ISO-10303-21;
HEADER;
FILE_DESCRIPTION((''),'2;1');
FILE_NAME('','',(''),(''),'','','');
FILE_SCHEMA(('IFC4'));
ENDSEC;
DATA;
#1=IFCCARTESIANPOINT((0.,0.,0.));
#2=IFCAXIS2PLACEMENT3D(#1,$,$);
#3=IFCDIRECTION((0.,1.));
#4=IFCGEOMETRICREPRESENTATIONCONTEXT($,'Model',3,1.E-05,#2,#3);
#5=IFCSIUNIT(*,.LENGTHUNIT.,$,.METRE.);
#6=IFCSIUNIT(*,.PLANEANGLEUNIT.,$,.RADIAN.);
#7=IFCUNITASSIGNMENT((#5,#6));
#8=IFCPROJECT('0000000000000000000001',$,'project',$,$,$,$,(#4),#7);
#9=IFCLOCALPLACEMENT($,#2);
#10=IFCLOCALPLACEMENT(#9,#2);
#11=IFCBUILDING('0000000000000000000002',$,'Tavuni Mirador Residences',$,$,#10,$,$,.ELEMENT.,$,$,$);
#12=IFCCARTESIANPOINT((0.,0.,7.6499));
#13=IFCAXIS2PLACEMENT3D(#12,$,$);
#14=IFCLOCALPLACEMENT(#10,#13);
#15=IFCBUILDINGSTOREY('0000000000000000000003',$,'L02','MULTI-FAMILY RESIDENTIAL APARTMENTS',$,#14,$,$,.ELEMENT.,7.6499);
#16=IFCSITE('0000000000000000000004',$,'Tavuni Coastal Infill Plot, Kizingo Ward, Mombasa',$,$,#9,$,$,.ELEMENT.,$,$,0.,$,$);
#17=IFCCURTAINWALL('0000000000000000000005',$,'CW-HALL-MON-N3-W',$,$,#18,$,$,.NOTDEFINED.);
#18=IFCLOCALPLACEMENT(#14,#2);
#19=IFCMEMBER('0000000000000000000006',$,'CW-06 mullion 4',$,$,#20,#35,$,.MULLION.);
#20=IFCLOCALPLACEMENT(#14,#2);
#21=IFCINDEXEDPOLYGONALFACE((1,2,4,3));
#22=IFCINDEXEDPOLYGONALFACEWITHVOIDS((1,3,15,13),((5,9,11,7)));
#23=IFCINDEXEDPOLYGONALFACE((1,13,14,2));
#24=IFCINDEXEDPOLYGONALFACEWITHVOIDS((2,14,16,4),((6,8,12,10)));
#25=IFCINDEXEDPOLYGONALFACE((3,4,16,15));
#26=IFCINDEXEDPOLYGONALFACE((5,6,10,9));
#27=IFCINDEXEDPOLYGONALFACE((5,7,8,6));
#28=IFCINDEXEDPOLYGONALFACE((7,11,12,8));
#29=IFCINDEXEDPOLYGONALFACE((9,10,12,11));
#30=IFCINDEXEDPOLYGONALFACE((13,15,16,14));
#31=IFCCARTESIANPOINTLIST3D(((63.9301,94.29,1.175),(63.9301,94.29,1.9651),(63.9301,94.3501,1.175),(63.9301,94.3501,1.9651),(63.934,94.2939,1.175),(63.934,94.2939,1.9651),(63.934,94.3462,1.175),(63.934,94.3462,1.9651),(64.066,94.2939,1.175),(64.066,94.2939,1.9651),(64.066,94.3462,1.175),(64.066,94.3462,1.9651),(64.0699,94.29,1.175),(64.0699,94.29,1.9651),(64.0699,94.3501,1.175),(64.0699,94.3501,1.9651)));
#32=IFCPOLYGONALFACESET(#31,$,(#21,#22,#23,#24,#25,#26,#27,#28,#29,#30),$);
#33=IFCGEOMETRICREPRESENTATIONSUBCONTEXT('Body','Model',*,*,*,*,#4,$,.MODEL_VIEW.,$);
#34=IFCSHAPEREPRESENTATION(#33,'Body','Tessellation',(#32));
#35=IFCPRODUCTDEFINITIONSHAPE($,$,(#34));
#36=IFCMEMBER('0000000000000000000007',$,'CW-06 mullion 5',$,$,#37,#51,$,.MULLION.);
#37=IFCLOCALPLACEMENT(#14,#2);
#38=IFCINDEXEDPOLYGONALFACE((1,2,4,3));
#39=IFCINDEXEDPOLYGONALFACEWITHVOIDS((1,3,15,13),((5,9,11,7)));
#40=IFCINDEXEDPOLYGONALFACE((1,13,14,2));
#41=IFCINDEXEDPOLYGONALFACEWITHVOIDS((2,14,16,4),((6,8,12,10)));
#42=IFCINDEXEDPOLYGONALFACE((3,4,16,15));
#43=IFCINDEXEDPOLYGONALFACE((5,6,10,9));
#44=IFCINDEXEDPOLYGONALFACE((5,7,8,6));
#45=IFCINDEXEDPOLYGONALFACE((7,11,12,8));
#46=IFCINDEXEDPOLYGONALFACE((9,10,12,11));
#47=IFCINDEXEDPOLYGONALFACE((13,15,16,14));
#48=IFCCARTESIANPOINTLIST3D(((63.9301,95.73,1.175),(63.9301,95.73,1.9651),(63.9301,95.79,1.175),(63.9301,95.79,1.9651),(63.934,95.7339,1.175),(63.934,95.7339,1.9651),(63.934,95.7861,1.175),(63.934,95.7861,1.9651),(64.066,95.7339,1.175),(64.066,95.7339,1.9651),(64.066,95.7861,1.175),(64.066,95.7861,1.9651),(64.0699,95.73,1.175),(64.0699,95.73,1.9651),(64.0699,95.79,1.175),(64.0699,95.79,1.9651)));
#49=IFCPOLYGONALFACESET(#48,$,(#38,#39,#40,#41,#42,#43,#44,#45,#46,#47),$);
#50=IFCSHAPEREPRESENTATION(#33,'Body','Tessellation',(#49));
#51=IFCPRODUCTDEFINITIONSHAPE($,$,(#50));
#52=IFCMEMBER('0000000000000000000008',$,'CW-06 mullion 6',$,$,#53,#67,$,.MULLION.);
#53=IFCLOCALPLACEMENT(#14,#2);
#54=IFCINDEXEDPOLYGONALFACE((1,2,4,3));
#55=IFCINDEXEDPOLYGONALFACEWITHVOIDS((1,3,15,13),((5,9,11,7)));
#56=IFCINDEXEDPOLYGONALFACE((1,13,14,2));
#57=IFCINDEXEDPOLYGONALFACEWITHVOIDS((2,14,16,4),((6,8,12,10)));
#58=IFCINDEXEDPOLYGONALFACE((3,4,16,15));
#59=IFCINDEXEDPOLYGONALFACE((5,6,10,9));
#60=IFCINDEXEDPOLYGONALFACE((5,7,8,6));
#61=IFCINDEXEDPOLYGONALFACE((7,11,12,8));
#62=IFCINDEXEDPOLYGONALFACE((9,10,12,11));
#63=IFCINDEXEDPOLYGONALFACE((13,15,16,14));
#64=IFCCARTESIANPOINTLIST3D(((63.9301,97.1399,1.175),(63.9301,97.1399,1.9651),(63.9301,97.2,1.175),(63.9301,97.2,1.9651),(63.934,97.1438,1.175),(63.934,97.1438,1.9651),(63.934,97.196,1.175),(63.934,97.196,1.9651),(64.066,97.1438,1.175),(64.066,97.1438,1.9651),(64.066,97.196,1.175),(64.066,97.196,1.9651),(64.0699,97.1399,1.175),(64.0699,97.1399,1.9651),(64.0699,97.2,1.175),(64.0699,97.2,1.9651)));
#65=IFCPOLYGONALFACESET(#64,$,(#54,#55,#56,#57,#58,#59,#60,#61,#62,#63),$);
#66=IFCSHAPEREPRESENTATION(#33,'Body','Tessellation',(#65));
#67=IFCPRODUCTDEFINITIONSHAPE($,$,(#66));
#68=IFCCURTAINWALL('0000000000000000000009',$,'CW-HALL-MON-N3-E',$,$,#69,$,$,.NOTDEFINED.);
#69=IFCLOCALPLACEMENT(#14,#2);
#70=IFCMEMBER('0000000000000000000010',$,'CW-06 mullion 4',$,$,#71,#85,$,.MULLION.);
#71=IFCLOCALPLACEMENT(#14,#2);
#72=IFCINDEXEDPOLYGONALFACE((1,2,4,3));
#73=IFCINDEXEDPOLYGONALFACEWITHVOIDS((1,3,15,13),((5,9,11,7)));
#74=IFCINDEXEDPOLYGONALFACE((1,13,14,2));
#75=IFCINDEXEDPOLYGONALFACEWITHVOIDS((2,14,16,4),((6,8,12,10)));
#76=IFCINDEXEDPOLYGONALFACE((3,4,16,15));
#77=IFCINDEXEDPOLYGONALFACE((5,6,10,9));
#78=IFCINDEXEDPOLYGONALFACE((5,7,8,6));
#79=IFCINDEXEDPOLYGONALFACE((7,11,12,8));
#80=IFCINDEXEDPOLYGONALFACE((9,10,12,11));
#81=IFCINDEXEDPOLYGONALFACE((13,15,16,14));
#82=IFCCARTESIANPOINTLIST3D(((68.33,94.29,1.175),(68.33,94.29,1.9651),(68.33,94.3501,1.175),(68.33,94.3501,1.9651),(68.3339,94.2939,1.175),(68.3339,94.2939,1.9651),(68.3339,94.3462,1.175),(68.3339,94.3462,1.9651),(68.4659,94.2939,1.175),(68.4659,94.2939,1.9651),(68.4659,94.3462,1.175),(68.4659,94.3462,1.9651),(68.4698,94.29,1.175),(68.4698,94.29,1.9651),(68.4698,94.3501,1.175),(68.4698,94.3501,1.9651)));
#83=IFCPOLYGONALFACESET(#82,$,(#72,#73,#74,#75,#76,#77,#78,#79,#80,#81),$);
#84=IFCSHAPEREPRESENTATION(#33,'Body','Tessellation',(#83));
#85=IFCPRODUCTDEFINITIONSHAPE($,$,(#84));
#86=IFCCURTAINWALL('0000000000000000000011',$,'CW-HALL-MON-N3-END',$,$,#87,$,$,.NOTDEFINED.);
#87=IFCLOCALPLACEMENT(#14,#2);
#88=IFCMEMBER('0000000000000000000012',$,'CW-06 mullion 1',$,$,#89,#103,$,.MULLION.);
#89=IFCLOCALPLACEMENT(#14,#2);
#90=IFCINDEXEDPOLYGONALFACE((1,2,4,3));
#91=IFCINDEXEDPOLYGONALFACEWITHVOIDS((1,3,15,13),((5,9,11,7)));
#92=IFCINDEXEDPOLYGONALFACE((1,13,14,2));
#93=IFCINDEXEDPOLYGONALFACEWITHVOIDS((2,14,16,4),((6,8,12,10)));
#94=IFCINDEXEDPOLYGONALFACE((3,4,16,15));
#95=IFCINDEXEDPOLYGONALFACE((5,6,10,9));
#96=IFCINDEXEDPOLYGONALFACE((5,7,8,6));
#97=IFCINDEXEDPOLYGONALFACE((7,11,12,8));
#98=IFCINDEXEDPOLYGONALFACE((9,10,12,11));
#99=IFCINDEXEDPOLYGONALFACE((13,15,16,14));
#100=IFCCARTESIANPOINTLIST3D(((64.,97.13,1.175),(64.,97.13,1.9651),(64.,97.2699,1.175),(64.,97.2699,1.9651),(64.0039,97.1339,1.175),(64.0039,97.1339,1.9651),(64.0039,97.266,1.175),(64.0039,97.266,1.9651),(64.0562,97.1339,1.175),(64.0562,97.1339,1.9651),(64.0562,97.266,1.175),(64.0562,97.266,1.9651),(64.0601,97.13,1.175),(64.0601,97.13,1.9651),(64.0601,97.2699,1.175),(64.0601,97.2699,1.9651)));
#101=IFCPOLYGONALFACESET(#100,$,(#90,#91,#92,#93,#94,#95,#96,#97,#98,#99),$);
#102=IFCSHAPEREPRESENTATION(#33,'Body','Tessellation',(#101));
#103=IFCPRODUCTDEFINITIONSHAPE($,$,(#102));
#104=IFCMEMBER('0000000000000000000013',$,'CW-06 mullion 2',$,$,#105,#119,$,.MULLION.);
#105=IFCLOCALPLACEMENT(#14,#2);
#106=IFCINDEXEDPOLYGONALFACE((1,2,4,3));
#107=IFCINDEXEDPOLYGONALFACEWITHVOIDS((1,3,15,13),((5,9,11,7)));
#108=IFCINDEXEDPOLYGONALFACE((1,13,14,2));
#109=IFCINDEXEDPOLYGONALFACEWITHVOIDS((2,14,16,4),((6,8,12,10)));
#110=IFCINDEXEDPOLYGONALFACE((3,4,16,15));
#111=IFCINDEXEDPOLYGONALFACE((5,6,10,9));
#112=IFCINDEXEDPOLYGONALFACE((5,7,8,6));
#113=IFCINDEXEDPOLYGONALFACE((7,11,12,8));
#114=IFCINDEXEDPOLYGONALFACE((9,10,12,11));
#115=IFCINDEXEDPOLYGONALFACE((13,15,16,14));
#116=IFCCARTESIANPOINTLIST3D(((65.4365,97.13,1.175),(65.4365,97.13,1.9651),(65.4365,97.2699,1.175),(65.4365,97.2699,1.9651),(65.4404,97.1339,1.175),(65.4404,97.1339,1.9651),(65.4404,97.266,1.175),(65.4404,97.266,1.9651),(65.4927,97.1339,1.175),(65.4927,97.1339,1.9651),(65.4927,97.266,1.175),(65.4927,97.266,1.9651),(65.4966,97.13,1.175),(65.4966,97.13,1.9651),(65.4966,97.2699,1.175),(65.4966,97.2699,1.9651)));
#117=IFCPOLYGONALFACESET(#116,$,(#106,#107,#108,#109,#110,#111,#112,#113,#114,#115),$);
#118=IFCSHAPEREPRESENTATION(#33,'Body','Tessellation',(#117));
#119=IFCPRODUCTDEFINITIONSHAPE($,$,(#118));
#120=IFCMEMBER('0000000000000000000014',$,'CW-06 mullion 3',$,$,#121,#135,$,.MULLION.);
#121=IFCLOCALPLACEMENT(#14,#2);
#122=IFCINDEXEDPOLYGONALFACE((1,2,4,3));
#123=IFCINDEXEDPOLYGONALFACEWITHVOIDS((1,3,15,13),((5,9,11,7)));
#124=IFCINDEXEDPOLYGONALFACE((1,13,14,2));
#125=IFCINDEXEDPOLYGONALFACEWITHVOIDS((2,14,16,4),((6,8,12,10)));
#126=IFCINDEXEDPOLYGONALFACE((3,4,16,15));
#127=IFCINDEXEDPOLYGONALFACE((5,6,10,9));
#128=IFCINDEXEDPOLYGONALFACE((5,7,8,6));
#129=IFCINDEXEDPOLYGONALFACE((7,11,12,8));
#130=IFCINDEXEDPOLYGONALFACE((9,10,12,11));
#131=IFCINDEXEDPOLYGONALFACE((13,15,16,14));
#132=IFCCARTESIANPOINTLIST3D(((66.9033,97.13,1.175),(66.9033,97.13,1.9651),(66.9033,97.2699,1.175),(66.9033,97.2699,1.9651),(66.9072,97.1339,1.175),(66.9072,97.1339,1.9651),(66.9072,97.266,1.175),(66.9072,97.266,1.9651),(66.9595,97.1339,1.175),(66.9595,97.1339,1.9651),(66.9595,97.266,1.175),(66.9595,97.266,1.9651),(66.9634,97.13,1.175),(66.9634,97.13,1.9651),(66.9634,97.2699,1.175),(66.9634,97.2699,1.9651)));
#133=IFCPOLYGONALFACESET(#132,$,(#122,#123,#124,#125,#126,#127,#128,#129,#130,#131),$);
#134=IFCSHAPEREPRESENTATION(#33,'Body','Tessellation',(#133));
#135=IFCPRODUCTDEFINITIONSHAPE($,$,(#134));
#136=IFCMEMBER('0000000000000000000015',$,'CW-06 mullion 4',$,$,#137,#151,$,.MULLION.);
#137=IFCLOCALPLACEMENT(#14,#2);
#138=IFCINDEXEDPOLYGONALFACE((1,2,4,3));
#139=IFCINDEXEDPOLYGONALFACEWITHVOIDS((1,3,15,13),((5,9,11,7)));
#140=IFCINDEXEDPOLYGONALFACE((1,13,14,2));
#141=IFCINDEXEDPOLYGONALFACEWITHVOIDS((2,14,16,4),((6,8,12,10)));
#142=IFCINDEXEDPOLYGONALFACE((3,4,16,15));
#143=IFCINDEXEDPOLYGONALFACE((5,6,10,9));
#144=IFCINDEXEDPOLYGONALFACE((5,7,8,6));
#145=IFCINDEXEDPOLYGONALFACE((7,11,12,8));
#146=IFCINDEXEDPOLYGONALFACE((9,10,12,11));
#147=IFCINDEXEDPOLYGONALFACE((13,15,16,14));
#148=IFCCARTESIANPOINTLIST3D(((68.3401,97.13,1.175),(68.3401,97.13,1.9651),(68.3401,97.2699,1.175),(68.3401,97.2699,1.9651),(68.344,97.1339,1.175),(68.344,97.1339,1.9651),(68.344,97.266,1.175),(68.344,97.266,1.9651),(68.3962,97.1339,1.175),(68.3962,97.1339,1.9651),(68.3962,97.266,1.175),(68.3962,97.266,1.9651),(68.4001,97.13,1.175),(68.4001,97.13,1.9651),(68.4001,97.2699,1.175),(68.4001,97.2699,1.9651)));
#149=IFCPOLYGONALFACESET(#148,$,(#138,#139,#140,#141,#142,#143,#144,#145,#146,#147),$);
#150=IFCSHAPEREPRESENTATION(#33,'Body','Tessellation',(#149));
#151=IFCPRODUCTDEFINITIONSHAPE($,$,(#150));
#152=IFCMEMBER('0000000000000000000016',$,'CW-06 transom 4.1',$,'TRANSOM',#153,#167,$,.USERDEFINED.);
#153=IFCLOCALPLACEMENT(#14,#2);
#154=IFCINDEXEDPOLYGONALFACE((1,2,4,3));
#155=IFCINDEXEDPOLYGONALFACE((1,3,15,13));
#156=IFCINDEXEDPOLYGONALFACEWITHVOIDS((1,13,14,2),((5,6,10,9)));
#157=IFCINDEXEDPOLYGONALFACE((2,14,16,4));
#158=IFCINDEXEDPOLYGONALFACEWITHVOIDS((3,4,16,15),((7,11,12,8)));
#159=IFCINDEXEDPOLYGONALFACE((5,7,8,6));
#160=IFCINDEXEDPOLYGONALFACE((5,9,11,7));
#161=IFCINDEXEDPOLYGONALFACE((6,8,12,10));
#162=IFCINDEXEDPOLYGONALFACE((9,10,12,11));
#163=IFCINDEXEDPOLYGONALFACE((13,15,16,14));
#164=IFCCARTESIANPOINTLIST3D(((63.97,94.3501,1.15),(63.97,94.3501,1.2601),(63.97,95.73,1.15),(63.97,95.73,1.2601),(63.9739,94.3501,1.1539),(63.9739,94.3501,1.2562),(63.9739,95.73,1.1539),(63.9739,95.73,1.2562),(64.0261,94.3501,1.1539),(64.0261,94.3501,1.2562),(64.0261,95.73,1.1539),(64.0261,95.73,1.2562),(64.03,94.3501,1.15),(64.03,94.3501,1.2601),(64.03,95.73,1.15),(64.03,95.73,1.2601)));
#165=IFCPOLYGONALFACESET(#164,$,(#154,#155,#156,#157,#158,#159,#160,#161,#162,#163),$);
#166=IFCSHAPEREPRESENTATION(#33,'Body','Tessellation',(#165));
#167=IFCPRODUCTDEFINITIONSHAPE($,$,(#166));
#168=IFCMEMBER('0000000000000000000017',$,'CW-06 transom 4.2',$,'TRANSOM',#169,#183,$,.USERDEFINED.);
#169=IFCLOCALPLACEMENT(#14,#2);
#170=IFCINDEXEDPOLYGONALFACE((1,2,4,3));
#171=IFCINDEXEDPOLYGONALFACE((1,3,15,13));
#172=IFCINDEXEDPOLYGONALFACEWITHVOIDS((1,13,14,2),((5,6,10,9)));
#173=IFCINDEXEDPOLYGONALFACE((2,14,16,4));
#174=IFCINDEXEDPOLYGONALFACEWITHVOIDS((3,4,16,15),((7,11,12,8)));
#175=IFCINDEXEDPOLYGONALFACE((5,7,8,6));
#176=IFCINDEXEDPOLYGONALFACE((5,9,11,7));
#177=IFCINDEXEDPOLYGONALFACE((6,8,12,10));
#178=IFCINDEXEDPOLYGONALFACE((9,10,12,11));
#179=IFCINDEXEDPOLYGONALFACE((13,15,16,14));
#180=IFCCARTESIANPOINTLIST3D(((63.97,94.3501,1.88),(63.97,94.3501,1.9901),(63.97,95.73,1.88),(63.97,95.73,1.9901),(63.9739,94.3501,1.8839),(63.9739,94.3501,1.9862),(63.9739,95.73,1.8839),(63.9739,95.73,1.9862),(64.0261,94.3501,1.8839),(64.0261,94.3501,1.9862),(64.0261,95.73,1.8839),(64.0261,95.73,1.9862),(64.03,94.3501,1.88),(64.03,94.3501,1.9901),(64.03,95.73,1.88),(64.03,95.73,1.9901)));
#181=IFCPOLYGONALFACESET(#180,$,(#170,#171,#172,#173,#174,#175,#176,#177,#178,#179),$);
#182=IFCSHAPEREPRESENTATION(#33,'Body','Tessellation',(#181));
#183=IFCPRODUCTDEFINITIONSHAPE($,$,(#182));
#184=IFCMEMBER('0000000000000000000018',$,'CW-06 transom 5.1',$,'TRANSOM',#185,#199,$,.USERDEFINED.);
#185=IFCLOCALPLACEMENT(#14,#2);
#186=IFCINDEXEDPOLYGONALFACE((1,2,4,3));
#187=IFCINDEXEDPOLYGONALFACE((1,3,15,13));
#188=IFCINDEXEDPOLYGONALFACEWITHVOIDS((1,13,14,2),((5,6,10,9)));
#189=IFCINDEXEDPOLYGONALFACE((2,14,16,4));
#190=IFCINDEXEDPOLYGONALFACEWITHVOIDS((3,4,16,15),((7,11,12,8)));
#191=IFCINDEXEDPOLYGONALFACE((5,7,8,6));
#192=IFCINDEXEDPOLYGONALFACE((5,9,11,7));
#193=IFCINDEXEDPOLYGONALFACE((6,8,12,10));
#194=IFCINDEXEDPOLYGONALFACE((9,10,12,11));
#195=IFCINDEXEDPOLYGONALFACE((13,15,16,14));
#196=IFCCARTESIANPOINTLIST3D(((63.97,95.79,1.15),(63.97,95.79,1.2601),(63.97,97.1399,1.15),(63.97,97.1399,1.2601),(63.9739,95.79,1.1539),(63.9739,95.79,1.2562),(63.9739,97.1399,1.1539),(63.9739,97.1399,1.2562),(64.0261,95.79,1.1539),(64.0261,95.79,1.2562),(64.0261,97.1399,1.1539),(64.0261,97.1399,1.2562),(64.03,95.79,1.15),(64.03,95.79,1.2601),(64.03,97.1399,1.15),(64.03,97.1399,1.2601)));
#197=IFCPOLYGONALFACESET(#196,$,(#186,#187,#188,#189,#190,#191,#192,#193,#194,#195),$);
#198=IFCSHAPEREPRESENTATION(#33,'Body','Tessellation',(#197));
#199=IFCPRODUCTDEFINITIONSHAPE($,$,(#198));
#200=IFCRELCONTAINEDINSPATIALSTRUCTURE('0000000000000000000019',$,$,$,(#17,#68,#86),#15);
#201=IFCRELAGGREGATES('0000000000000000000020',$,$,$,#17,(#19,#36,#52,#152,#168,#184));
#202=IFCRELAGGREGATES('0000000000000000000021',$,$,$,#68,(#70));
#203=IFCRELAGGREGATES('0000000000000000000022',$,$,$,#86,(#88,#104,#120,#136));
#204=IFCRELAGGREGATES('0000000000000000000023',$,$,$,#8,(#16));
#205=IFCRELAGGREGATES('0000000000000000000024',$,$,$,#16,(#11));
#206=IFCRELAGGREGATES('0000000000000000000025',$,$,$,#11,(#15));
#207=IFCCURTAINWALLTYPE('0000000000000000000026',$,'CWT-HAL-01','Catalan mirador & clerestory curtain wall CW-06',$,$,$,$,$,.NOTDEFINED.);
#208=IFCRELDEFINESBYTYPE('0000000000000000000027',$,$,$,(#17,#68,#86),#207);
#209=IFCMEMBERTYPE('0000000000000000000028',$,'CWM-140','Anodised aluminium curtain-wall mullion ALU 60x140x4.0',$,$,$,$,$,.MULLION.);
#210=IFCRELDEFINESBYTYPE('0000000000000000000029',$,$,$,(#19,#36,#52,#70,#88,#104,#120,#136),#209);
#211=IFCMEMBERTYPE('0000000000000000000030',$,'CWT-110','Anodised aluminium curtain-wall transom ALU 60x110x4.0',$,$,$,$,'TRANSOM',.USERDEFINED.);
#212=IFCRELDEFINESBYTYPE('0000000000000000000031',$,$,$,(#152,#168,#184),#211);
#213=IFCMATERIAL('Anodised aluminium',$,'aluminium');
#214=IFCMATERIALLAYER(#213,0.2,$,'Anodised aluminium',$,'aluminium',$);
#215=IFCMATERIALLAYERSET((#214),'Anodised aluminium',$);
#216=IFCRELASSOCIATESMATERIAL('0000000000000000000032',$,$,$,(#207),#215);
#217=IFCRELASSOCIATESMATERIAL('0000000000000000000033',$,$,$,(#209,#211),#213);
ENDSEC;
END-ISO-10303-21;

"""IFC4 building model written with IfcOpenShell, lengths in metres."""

from ifc_helpers import new_model, si_unit, direction, frame, origin, origin_2d, place, context, subcontext, project, spatial, hollow_rectangle, extrude, material, layer, layer_set, material_profile, profile_set, type_object, element, aggregate, save


model = new_model("IFC4")

# Units and contexts
model_context = context("Model", 3, precision=1e-05, world=origin(), true_north=direction((0.0, 1.0)))
body_context = subcontext(model_context, "Body", "Model", "MODEL_VIEW")
ifc_project = project(units=[si_unit("LENGTHUNIT", "METRE"), si_unit("PLANEANGLEUNIT", "RADIAN")], contexts=[model_context])

# Site, building, storey
site_placement = place(None, origin())
site = spatial("IfcSite", under=ifc_project, at=site_placement, Name="Tavuni Coastal Infill Plot, Kizingo Ward, Mombasa", CompositionType="ELEMENT", RefElevation=0.0)
building_placement = place(site_placement, origin())
building = spatial("IfcBuilding", under=site, at=building_placement, Name="Tavuni Mirador Residences", CompositionType="ELEMENT")
storey_placement = place(building_placement, frame((0.0, 0.0, 7.6499)))
storey = spatial("IfcBuildingStorey", under=building, at=storey_placement, Name="L02", Description="MULTI-FAMILY RESIDENTIAL APARTMENTS", CompositionType="ELEMENT", Elevation=7.6499)

# Curtain wall, members
ifc_material_1 = material(Name="Anodised aluminium", Category="aluminium")
ifc_layer_1 = layer(ifc_material_1, 0.2, Name="Anodised aluminium", Category="aluminium")
ifc_layer_set_1 = layer_set([ifc_layer_1], Name="Anodised aluminium")
curtain_wall_type = type_object("IfcCurtainWallType", Name="CWT-HAL-01", Description="Catalan mirador & clerestory curtain wall CW-06", PredefinedType="NOTDEFINED", material=ifc_layer_set_1)
curtain_wall_1_placement = place(storey_placement, origin())
curtain_wall_1 = element("IfcCurtainWall", 1, at=curtain_wall_1_placement, inside=storey, type_object=curtain_wall_type, Name="CW-HALL-MON-N3-W", PredefinedType="NOTDEFINED")
ifc_material_profile_1 = material_profile(ifc_material_1, hollow_rectangle(XDim=0.0601, YDim=0.1399, WallThickness=0.0039, at=origin_2d()), Name="ALU 60x140x4.0", Category="aluminium")
ifc_profile_set_1 = profile_set([ifc_material_profile_1], Name="Anodised aluminium")
member_type_1 = type_object("IfcMemberType", Name="CWM-140", Description="Anodised aluminium curtain-wall mullion ALU 60x140x4.0", PredefinedType="MULLION", material=ifc_profile_set_1)
member_1_placement = place(storey_placement, frame((64.0, 94.3201, 1.175), z_axis=(0.0, 0.0, 1.0), x_axis=(0.0, 1.0, 0.0)))
member_1 = element("IfcMember", 2, at=member_1_placement, type_object=member_type_1, Name="CW-06 mullion 4", PredefinedType="MULLION", context=body_context, shape_type="SweptSolid", body=[
    extrude(hollow_rectangle(XDim=0.0601, YDim=0.1399, WallThickness=0.0039, at=origin_2d()), origin(), (0.0, 0.0, 1.0), 0.79),
])
member_2_placement = place(storey_placement, frame((64.0, 95.76, 1.175), z_axis=(0.0, 0.0, 1.0), x_axis=(0.0, 1.0, 0.0)))
member_2 = element("IfcMember", 3, at=member_2_placement, type_object=member_type_1, Name="CW-06 mullion 5", PredefinedType="MULLION", context=body_context, shape_type="SweptSolid", body=[
    extrude(hollow_rectangle(XDim=0.0601, YDim=0.1399, WallThickness=0.0039, at=origin_2d()), origin(), (0.0, 0.0, 1.0), 0.79),
])
member_3_placement = place(storey_placement, frame((64.0, 97.1699, 1.175), z_axis=(0.0, 0.0, 1.0), x_axis=(0.0, 1.0, 0.0)))
member_3 = element("IfcMember", 4, at=member_3_placement, type_object=member_type_1, Name="CW-06 mullion 6", PredefinedType="MULLION", context=body_context, shape_type="SweptSolid", body=[
    extrude(hollow_rectangle(XDim=0.0601, YDim=0.1399, WallThickness=0.0039, at=origin_2d()), origin(), (0.0, 0.0, 1.0), 0.79),
])

# Curtain wall, member
curtain_wall_2_placement = place(storey_placement, origin())
curtain_wall_2 = element("IfcCurtainWall", 5, at=curtain_wall_2_placement, inside=storey, type_object=curtain_wall_type, Name="CW-HALL-MON-N3-E", PredefinedType="NOTDEFINED")
member_4_placement = place(storey_placement, frame((68.3999, 94.3201, 1.175), z_axis=(0.0, 0.0, 1.0), x_axis=(0.0, 1.0, 0.0)))
member_4 = element("IfcMember", 6, at=member_4_placement, type_object=member_type_1, Name="CW-06 mullion 4", PredefinedType="MULLION", context=body_context, shape_type="SweptSolid", body=[
    extrude(hollow_rectangle(XDim=0.0601, YDim=0.1399, WallThickness=0.0039, at=origin_2d()), origin(), (0.0, 0.0, 1.0), 0.79),
])

# Curtain wall, members
curtain_wall_3_placement = place(storey_placement, origin())
curtain_wall_3 = element("IfcCurtainWall", 7, at=curtain_wall_3_placement, inside=storey, type_object=curtain_wall_type, Name="CW-HALL-MON-N3-END", PredefinedType="NOTDEFINED")
member_5_placement = place(storey_placement, frame((64.03, 97.2, 1.175), z_axis=(0.0, 0.0, 1.0), x_axis=(1.0, 0.0, 0.0)))
member_5 = element("IfcMember", 8, at=member_5_placement, type_object=member_type_1, Name="CW-06 mullion 1", PredefinedType="MULLION", context=body_context, shape_type="SweptSolid", body=[
    extrude(hollow_rectangle(XDim=0.0601, YDim=0.1399, WallThickness=0.0039, at=origin_2d()), origin(), (0.0, 0.0, 1.0), 0.79),
])
member_6_placement = place(storey_placement, frame((65.4666, 97.2, 1.175), z_axis=(0.0, 0.0, 1.0), x_axis=(1.0, 0.0, 0.0)))
member_6 = element("IfcMember", 9, at=member_6_placement, type_object=member_type_1, Name="CW-06 mullion 2", PredefinedType="MULLION", context=body_context, shape_type="SweptSolid", body=[
    extrude(hollow_rectangle(XDim=0.0601, YDim=0.1399, WallThickness=0.0039, at=origin_2d()), origin(), (0.0, 0.0, 1.0), 0.79),
])
member_7_placement = place(storey_placement, frame((66.9333, 97.2, 1.175), z_axis=(0.0, 0.0, 1.0), x_axis=(1.0, 0.0, 0.0)))
member_7 = element("IfcMember", 10, at=member_7_placement, type_object=member_type_1, Name="CW-06 mullion 3", PredefinedType="MULLION", context=body_context, shape_type="SweptSolid", body=[
    extrude(hollow_rectangle(XDim=0.0601, YDim=0.1399, WallThickness=0.0039, at=origin_2d()), origin(), (0.0, 0.0, 1.0), 0.79),
])
member_8_placement = place(storey_placement, frame((68.3701, 97.2, 1.175), z_axis=(0.0, 0.0, 1.0), x_axis=(1.0, 0.0, 0.0)))
member_8 = element("IfcMember", 11, at=member_8_placement, type_object=member_type_1, Name="CW-06 mullion 4", PredefinedType="MULLION", context=body_context, shape_type="SweptSolid", body=[
    extrude(hollow_rectangle(XDim=0.0601, YDim=0.1399, WallThickness=0.0039, at=origin_2d()), origin(), (0.0, 0.0, 1.0), 0.79),
])

# Members
ifc_material_profile_2 = material_profile(ifc_material_1, hollow_rectangle(XDim=0.0601, YDim=0.1101, WallThickness=0.0039, at=origin_2d()), Name="ALU 60x110x4.0", Category="aluminium")
ifc_profile_set_2 = profile_set([ifc_material_profile_2], Name="Anodised aluminium")
member_type_2 = type_object("IfcMemberType", Name="CWT-110", Description="Anodised aluminium curtain-wall transom ALU 60x110x4.0", ElementType="TRANSOM", PredefinedType="USERDEFINED", material=ifc_profile_set_2)
member_9_placement = place(storey_placement, frame((64.0, 94.3501, 1.2051), z_axis=(0.0, 1.0, 0.0), x_axis=(-1.0, 0.0, 0.0)))
member_9 = element("IfcMember", 12, at=member_9_placement, type_object=member_type_2, Name="CW-06 transom 4.1", ObjectType="TRANSOM", PredefinedType="USERDEFINED", context=body_context, shape_type="SweptSolid", body=[
    extrude(hollow_rectangle(XDim=0.0601, YDim=0.1101, WallThickness=0.0039, at=origin_2d()), origin(), (0.0, 0.0, 1.0), 1.3799),
])
member_10_placement = place(storey_placement, frame((64.0, 94.3501, 1.9351), z_axis=(0.0, 1.0, 0.0), x_axis=(-1.0, 0.0, 0.0)))
member_10 = element("IfcMember", 13, at=member_10_placement, type_object=member_type_2, Name="CW-06 transom 4.2", ObjectType="TRANSOM", PredefinedType="USERDEFINED", context=body_context, shape_type="SweptSolid", body=[
    extrude(hollow_rectangle(XDim=0.0601, YDim=0.1101, WallThickness=0.0039, at=origin_2d()), origin(), (0.0, 0.0, 1.0), 1.3799),
])
member_11_placement = place(storey_placement, frame((64.0, 95.79, 1.2051), z_axis=(0.0, 1.0, 0.0), x_axis=(-1.0, 0.0, 0.0)))
member_11 = element("IfcMember", 14, at=member_11_placement, type_object=member_type_2, Name="CW-06 transom 5.1", ObjectType="TRANSOM", PredefinedType="USERDEFINED", context=body_context, shape_type="SweptSolid", body=[
    extrude(hollow_rectangle(XDim=0.0601, YDim=0.1101, WallThickness=0.0039, at=origin_2d()), origin(), (0.0, 0.0, 1.0), 1.3499),
])

aggregate(curtain_wall_1, [member_1, member_2, member_3, member_9, member_10, member_11])
aggregate(curtain_wall_2, [member_4])
aggregate(curtain_wall_3, [member_5, member_6, member_7, member_8])

save(model, "model.ifc")
